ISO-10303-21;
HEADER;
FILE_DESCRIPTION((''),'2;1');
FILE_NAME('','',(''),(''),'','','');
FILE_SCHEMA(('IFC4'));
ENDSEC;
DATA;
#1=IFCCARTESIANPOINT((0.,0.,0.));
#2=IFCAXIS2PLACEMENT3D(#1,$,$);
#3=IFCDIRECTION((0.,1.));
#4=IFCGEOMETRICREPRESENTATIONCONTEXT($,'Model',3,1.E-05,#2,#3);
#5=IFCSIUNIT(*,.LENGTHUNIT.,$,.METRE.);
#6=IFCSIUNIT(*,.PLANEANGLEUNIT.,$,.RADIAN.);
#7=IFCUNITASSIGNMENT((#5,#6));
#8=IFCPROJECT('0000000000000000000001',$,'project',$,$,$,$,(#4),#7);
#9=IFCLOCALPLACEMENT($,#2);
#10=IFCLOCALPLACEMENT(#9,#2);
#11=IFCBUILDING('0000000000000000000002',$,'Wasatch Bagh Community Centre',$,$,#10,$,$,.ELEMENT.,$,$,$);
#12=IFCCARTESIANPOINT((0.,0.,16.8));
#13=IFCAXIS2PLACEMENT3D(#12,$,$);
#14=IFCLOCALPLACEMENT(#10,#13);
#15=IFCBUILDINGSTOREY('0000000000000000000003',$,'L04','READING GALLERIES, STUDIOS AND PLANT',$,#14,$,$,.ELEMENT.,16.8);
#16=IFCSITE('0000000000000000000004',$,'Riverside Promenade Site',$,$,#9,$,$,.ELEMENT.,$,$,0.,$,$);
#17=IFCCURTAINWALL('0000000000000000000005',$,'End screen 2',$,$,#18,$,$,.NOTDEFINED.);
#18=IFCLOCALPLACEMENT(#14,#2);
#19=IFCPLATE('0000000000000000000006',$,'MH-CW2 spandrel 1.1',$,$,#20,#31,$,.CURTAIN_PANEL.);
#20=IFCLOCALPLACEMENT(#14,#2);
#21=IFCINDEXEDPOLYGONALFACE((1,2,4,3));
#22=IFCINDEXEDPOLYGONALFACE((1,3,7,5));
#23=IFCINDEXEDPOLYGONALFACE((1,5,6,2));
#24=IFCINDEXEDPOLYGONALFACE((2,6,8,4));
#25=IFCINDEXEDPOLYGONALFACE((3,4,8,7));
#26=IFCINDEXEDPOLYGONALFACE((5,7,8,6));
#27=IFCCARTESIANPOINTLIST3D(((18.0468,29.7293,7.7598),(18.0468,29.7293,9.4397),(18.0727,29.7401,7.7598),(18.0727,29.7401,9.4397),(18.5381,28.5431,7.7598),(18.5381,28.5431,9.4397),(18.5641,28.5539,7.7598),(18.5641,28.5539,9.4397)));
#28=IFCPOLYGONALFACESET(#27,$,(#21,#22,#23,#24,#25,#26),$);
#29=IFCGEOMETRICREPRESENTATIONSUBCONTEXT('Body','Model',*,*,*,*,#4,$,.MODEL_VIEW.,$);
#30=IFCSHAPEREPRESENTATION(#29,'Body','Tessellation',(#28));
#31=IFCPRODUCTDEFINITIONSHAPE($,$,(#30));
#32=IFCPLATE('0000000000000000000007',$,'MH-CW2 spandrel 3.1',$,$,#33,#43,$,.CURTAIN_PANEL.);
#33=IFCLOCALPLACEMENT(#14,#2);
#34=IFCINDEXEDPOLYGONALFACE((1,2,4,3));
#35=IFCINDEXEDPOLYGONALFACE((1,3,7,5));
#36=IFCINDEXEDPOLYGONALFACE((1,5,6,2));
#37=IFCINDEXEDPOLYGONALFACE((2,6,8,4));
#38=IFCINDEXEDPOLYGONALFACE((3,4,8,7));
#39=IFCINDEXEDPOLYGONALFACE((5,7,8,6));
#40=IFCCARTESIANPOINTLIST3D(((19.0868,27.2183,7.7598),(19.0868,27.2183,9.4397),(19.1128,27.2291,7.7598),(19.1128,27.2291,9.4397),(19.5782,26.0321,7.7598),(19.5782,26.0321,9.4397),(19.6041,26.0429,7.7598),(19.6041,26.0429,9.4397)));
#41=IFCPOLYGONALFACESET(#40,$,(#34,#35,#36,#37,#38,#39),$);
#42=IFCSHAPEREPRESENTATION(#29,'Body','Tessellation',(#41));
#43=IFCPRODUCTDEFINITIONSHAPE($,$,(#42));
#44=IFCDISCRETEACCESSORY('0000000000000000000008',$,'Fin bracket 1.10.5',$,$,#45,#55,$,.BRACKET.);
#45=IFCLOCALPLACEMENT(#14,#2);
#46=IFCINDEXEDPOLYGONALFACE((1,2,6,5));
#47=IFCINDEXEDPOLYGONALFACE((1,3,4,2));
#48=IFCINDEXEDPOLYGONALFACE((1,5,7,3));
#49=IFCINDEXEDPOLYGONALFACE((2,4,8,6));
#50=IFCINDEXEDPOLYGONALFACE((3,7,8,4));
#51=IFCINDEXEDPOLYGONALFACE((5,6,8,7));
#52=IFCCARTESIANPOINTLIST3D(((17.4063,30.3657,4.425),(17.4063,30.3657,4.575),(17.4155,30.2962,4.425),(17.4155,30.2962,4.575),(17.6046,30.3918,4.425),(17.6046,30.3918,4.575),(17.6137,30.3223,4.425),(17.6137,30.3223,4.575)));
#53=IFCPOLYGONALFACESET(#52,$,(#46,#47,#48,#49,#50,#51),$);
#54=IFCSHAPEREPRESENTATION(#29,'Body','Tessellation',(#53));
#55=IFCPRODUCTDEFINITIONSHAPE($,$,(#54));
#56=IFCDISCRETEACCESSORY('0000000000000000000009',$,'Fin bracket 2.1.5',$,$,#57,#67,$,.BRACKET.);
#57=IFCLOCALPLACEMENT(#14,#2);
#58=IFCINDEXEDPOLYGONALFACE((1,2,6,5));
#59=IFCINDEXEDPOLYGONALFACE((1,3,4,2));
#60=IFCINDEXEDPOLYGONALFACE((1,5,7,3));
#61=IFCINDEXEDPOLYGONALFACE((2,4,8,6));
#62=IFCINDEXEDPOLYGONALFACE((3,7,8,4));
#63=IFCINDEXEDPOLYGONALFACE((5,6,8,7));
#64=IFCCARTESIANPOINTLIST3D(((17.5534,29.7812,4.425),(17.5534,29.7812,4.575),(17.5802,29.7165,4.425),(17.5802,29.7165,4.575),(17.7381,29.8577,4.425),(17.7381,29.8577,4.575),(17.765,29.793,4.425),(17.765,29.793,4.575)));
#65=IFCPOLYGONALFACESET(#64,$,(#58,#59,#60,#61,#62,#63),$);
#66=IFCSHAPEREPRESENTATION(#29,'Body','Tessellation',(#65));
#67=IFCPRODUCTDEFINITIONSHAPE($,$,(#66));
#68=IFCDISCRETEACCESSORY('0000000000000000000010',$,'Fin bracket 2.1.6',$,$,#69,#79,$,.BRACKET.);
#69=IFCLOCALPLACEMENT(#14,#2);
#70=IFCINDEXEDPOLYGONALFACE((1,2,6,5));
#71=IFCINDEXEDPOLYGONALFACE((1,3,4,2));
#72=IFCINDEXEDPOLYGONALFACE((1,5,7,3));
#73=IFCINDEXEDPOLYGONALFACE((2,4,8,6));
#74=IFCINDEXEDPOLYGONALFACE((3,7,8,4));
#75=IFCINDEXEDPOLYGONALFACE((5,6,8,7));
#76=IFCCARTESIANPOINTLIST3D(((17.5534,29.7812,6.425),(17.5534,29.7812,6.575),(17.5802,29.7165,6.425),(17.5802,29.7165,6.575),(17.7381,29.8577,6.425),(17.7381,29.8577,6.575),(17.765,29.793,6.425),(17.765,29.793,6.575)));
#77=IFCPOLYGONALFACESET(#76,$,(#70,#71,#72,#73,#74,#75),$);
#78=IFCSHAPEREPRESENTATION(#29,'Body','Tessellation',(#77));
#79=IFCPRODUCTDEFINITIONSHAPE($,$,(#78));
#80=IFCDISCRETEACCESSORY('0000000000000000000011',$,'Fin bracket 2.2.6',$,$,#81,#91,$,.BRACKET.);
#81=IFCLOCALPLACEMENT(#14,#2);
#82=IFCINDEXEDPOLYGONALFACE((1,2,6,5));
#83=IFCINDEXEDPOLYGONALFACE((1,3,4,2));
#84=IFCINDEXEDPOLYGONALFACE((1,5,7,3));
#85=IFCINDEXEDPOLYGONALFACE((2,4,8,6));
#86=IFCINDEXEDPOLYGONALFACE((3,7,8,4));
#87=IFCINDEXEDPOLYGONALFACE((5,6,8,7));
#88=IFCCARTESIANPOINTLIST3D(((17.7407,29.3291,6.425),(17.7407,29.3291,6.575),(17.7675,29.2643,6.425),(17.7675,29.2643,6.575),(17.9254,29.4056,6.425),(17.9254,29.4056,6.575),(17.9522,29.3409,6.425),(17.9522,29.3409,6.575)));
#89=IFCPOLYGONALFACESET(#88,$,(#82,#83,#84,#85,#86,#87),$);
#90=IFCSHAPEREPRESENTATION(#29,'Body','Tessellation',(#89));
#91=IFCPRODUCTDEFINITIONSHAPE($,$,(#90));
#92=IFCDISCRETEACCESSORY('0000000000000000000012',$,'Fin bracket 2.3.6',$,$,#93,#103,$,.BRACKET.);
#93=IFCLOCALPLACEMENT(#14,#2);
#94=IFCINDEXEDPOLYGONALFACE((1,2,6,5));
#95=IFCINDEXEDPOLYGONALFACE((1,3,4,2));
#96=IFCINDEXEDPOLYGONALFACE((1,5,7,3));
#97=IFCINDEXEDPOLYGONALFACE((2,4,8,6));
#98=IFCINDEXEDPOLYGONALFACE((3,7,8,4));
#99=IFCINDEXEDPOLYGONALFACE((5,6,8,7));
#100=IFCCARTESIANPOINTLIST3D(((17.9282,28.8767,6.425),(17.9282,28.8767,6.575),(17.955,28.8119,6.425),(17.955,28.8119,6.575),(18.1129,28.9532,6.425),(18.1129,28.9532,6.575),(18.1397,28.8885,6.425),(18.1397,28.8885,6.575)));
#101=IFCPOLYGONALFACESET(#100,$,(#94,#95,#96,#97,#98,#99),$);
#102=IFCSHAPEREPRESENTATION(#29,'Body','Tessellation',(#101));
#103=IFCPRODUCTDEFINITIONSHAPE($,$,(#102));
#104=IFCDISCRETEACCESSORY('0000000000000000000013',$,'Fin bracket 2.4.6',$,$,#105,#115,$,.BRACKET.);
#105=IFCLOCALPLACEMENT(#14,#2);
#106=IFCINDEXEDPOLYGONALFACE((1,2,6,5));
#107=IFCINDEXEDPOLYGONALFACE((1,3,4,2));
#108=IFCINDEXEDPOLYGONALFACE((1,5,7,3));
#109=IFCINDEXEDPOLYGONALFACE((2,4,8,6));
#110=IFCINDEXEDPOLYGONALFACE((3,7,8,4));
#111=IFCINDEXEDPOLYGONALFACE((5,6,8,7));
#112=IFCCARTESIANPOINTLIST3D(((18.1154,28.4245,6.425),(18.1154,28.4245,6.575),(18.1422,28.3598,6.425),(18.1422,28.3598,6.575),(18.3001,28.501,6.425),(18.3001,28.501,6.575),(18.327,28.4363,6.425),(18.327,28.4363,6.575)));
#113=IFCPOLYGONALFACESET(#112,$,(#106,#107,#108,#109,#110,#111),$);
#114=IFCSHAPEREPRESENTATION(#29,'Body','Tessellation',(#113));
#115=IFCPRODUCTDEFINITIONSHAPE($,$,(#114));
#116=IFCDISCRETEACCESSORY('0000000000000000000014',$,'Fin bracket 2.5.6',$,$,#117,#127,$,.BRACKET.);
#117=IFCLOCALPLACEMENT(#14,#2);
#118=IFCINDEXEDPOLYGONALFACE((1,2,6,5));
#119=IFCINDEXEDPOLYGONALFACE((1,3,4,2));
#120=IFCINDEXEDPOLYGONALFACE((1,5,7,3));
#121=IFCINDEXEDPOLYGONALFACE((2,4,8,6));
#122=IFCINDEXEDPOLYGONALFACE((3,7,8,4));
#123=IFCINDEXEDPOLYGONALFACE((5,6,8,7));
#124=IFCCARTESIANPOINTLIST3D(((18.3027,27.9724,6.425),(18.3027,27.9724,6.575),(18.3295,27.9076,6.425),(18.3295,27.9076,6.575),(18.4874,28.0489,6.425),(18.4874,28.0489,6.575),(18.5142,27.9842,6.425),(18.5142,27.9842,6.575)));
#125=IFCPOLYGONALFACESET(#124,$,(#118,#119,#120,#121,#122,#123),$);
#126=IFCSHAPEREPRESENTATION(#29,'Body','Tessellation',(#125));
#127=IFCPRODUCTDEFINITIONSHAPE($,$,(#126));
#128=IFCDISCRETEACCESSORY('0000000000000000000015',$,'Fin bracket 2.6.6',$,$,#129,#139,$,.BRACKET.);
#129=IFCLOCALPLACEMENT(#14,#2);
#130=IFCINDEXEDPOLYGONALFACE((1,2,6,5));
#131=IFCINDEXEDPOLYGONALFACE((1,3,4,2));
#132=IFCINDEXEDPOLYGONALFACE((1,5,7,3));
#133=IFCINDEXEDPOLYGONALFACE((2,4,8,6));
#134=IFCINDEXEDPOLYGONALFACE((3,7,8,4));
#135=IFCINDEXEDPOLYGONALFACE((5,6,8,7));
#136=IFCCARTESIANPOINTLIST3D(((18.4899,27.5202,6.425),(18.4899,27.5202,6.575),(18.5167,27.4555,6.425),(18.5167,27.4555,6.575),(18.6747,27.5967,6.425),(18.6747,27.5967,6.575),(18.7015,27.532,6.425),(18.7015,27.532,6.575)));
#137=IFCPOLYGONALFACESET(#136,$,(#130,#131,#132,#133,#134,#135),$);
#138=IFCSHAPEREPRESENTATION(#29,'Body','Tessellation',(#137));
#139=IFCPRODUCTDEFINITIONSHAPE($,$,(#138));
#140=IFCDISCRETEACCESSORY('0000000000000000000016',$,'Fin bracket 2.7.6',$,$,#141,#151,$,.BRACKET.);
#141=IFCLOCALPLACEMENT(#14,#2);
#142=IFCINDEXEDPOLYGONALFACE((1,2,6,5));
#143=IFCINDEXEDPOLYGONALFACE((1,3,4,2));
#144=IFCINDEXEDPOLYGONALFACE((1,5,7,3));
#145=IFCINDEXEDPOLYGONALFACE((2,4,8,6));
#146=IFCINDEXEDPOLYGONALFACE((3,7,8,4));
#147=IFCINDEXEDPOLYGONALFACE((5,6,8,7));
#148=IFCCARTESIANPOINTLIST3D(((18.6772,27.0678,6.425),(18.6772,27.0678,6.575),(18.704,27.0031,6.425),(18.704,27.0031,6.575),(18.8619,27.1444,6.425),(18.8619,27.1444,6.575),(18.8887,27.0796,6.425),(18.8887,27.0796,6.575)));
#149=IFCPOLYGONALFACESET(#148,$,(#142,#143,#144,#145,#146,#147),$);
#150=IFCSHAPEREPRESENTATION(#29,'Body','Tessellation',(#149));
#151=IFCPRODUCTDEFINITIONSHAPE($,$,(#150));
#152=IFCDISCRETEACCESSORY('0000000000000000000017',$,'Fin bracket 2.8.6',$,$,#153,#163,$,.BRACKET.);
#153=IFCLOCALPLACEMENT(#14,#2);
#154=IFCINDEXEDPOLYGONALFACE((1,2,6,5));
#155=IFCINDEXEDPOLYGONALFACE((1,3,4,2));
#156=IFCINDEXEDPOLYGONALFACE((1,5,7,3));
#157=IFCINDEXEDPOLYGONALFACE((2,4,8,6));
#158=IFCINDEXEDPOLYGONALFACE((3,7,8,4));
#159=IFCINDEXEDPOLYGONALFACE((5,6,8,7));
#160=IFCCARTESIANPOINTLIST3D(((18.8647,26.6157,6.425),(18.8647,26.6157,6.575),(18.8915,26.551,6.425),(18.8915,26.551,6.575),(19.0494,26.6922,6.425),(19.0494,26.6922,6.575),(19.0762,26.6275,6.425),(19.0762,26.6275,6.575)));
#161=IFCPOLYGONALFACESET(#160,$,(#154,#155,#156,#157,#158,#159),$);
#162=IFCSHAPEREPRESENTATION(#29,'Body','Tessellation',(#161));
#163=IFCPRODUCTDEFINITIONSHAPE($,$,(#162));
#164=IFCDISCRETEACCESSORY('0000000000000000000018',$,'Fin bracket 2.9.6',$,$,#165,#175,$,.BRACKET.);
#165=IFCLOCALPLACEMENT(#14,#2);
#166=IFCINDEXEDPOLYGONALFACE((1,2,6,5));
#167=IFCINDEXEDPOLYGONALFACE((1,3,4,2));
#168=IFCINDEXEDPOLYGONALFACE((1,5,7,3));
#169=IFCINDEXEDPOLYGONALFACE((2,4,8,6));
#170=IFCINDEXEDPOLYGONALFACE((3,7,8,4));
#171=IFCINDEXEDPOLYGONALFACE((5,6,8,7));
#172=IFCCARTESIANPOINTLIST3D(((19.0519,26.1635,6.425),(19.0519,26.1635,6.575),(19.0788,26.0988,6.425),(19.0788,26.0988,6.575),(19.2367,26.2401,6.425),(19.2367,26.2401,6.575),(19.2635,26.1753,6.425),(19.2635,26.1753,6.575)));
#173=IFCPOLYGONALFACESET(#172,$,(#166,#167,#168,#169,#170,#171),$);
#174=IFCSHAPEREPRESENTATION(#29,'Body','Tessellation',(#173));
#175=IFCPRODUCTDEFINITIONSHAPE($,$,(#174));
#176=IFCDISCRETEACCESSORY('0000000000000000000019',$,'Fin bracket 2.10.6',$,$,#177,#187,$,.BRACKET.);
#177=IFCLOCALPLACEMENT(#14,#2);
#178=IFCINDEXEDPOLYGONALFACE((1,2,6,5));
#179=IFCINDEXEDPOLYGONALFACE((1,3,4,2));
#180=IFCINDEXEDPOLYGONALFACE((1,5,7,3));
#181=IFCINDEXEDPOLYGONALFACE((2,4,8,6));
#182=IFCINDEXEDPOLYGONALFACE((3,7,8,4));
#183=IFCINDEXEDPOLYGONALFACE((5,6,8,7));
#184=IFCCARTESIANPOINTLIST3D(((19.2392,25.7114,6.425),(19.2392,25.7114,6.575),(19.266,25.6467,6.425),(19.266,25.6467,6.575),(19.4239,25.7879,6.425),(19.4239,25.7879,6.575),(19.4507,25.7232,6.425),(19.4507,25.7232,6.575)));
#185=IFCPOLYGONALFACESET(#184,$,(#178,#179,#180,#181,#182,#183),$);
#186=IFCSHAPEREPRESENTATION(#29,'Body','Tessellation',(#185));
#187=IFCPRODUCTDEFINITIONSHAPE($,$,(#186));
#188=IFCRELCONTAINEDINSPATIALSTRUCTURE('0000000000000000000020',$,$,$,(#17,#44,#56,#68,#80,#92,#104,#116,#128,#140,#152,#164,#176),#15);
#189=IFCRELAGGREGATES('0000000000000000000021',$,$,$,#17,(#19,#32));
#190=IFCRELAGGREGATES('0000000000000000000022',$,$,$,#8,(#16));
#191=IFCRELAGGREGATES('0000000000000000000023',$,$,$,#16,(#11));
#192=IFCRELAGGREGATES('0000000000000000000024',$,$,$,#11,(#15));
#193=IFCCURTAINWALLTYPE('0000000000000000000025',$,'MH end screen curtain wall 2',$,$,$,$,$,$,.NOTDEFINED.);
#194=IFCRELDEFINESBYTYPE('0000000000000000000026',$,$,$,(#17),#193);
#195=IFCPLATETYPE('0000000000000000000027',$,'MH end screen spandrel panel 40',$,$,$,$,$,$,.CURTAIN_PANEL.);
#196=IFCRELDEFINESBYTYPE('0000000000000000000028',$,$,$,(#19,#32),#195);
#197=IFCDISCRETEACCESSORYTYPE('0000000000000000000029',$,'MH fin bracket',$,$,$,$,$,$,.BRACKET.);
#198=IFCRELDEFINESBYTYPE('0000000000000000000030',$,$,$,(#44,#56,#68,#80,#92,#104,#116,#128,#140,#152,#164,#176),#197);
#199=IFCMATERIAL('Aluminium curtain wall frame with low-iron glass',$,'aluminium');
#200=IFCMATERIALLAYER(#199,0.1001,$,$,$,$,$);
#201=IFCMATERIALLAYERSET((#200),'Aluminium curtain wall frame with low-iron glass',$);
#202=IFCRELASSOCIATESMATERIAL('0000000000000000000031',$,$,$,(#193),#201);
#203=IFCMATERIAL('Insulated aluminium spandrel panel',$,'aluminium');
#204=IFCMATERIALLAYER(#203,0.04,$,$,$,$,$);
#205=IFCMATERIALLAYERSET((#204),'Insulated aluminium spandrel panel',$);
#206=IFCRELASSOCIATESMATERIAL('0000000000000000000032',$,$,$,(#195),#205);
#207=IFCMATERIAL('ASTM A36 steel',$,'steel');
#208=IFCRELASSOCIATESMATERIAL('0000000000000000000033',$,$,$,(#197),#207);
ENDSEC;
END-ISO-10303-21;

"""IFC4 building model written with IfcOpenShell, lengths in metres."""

from ifc_helpers import new_model, si_unit, direction, frame, origin, origin_2d, place, context, subcontext, project, spatial, rectangle, extrude, material, layer, layer_set, type_object, element, aggregate, save


model = new_model("IFC4")

# Units and contexts
model_context = context("Model", 3, precision=1e-05, world=origin(), true_north=direction((0.0, 1.0)))
body_context = subcontext(model_context, "Body", "Model", "MODEL_VIEW")
ifc_project = project(units=[si_unit("LENGTHUNIT", "METRE"), si_unit("PLANEANGLEUNIT", "RADIAN")], contexts=[model_context])

# Site, building, storey
site_placement = place(None, origin())
site = spatial("IfcSite", under=ifc_project, at=site_placement, Name="Riverside Promenade Site", CompositionType="ELEMENT", RefElevation=0.0)
building_placement = place(site_placement, origin())
building = spatial("IfcBuilding", under=site, at=building_placement, Name="Wasatch Bagh Community Centre", CompositionType="ELEMENT")
storey_placement = place(building_placement, frame((0.0, 0.0, 16.8)))
storey = spatial("IfcBuildingStorey", under=building, at=storey_placement, Name="L04", Description="READING GALLERIES, STUDIOS AND PLANT", CompositionType="ELEMENT", Elevation=16.8)

# Curtain wall
ifc_material_1 = material(Name="Aluminium curtain wall frame with low-iron glass", Category="aluminium")
ifc_layer_1 = layer(ifc_material_1, 0.1001)
ifc_layer_set_1 = layer_set([ifc_layer_1], Name="Aluminium curtain wall frame with low-iron glass")
curtain_wall_type_1 = type_object("IfcCurtainWallType", Name="MH end screen curtain wall 2", PredefinedType="NOTDEFINED", material=ifc_layer_set_1)
curtain_wall_1_placement = place(storey_placement, origin())
curtain_wall_1 = element("IfcCurtainWall", 1, at=curtain_wall_1_placement, inside=storey, type_object=curtain_wall_type_1, Name="End screen 2", PredefinedType="NOTDEFINED")

# Shared definitions
ifc_material_2 = material(Name="ASTM A36 steel", Category="steel")

# Plates
ifc_material_3 = material(Name="Insulated aluminium spandrel panel", Category="aluminium")
ifc_layer_2 = layer(ifc_material_3, 0.04)
ifc_layer_set_2 = layer_set([ifc_layer_2], Name="Insulated aluminium spandrel panel")
plate_type_1 = type_object("IfcPlateType", Name="MH end screen spandrel panel 40", PredefinedType="CURTAIN_PANEL", material=ifc_layer_set_2)
plate_1_placement = place(storey_placement, frame((18.3054, 29.1416, 7.7598), z_axis=(0.0, 0.0, 1.0), x_axis=(0.382683, -0.92388, 0.0)))
plate_1 = element("IfcPlate", 2, at=plate_1_placement, type_object=plate_type_1, Name="MH-CW2 spandrel 1.1", PredefinedType="CURTAIN_PANEL", context=body_context, shape_type="SweptSolid", body=[
    extrude(rectangle(XDim=1.2839, YDim=0.0281, at=origin_2d()), origin(), (0.0, 0.0, 1.0), 1.6799),
])
plate_2_placement = place(storey_placement, frame((19.3455, 26.6306, 7.7598), z_axis=(0.0, 0.0, 1.0), x_axis=(0.382683, -0.92388, 0.0)))
plate_2 = element("IfcPlate", 3, at=plate_2_placement, type_object=plate_type_1, Name="MH-CW2 spandrel 3.1", PredefinedType="CURTAIN_PANEL", context=body_context, shape_type="SweptSolid", body=[
    extrude(rectangle(XDim=1.2839, YDim=0.0281, at=origin_2d()), origin(), (0.0, 0.0, 1.0), 1.6799),
])
aggregate(curtain_wall_1, [plate_1, plate_2])

# Discrete accessories
discrete_accessory_type = type_object("IfcDiscreteAccessoryType", Name="MH fin bracket", PredefinedType="BRACKET", material=ifc_material_2)
for number, where, z_axis, x_axis, name in (
    (4, (17.51, 30.344, 4.425), (0.0, 0.0, 1.0), (0.130526, -0.991445, 0.0), "Fin bracket 1.10.5"),
    (5, (17.6592, 29.7871, 4.425), (0.0, 0.0, 1.0), (0.382683, -0.92388, 0.0), "Fin bracket 2.1.5"),
    (6, (17.6592, 29.7871, 6.425), (0.0, 0.0, 1.0), (0.382683, -0.92388, 0.0), "Fin bracket 2.1.6"),
    (7, (17.8464, 29.335, 6.425), (0.0, 0.0, 1.0), (0.382683, -0.92388, 0.0), "Fin bracket 2.2.6"),
    (8, (18.0339, 28.8826, 6.425), (0.0, 0.0, 1.0), (0.382683, -0.92388, 0.0), "Fin bracket 2.3.6"),
    (9, (18.2212, 28.4304, 6.425), (0.0, 0.0, 1.0), (0.382683, -0.92388, 0.0), "Fin bracket 2.4.6"),
    (10, (18.4084, 27.9783, 6.425), (0.0, 0.0, 1.0), (0.382683, -0.92388, 0.0), "Fin bracket 2.5.6"),
    (11, (18.5957, 27.5261, 6.425), (0.0, 0.0, 1.0), (0.382683, -0.92388, 0.0), "Fin bracket 2.6.6"),
    (12, (18.783, 27.0737, 6.425), (0.0, 0.0, 1.0), (0.382683, -0.92388, 0.0), "Fin bracket 2.7.6"),
    (13, (18.9705, 26.6216, 6.425), (0.0, 0.0, 1.0), (0.382683, -0.92388, 0.0), "Fin bracket 2.8.6"),
    (14, (19.1577, 26.1694, 6.425), (0.0, 0.0, 1.0), (0.382683, -0.92388, 0.0), "Fin bracket 2.9.6"),
    (15, (19.345, 25.7173, 6.425), (0.0, 0.0, 1.0), (0.382683, -0.92388, 0.0), "Fin bracket 2.10.6"),
):
    element("IfcDiscreteAccessory", number, at=place(storey_placement, frame(where, z_axis=z_axis, x_axis=x_axis)), inside=storey, type_object=discrete_accessory_type, Name=name, PredefinedType="BRACKET", context=body_context, shape_type="SweptSolid", body=[
        extrude(rectangle(XDim=0.0701, YDim=0.2, at=origin_2d()), origin(), (0.0, 0.0, 1.0), 0.1499),
    ])

save(model, "model.ifc")
